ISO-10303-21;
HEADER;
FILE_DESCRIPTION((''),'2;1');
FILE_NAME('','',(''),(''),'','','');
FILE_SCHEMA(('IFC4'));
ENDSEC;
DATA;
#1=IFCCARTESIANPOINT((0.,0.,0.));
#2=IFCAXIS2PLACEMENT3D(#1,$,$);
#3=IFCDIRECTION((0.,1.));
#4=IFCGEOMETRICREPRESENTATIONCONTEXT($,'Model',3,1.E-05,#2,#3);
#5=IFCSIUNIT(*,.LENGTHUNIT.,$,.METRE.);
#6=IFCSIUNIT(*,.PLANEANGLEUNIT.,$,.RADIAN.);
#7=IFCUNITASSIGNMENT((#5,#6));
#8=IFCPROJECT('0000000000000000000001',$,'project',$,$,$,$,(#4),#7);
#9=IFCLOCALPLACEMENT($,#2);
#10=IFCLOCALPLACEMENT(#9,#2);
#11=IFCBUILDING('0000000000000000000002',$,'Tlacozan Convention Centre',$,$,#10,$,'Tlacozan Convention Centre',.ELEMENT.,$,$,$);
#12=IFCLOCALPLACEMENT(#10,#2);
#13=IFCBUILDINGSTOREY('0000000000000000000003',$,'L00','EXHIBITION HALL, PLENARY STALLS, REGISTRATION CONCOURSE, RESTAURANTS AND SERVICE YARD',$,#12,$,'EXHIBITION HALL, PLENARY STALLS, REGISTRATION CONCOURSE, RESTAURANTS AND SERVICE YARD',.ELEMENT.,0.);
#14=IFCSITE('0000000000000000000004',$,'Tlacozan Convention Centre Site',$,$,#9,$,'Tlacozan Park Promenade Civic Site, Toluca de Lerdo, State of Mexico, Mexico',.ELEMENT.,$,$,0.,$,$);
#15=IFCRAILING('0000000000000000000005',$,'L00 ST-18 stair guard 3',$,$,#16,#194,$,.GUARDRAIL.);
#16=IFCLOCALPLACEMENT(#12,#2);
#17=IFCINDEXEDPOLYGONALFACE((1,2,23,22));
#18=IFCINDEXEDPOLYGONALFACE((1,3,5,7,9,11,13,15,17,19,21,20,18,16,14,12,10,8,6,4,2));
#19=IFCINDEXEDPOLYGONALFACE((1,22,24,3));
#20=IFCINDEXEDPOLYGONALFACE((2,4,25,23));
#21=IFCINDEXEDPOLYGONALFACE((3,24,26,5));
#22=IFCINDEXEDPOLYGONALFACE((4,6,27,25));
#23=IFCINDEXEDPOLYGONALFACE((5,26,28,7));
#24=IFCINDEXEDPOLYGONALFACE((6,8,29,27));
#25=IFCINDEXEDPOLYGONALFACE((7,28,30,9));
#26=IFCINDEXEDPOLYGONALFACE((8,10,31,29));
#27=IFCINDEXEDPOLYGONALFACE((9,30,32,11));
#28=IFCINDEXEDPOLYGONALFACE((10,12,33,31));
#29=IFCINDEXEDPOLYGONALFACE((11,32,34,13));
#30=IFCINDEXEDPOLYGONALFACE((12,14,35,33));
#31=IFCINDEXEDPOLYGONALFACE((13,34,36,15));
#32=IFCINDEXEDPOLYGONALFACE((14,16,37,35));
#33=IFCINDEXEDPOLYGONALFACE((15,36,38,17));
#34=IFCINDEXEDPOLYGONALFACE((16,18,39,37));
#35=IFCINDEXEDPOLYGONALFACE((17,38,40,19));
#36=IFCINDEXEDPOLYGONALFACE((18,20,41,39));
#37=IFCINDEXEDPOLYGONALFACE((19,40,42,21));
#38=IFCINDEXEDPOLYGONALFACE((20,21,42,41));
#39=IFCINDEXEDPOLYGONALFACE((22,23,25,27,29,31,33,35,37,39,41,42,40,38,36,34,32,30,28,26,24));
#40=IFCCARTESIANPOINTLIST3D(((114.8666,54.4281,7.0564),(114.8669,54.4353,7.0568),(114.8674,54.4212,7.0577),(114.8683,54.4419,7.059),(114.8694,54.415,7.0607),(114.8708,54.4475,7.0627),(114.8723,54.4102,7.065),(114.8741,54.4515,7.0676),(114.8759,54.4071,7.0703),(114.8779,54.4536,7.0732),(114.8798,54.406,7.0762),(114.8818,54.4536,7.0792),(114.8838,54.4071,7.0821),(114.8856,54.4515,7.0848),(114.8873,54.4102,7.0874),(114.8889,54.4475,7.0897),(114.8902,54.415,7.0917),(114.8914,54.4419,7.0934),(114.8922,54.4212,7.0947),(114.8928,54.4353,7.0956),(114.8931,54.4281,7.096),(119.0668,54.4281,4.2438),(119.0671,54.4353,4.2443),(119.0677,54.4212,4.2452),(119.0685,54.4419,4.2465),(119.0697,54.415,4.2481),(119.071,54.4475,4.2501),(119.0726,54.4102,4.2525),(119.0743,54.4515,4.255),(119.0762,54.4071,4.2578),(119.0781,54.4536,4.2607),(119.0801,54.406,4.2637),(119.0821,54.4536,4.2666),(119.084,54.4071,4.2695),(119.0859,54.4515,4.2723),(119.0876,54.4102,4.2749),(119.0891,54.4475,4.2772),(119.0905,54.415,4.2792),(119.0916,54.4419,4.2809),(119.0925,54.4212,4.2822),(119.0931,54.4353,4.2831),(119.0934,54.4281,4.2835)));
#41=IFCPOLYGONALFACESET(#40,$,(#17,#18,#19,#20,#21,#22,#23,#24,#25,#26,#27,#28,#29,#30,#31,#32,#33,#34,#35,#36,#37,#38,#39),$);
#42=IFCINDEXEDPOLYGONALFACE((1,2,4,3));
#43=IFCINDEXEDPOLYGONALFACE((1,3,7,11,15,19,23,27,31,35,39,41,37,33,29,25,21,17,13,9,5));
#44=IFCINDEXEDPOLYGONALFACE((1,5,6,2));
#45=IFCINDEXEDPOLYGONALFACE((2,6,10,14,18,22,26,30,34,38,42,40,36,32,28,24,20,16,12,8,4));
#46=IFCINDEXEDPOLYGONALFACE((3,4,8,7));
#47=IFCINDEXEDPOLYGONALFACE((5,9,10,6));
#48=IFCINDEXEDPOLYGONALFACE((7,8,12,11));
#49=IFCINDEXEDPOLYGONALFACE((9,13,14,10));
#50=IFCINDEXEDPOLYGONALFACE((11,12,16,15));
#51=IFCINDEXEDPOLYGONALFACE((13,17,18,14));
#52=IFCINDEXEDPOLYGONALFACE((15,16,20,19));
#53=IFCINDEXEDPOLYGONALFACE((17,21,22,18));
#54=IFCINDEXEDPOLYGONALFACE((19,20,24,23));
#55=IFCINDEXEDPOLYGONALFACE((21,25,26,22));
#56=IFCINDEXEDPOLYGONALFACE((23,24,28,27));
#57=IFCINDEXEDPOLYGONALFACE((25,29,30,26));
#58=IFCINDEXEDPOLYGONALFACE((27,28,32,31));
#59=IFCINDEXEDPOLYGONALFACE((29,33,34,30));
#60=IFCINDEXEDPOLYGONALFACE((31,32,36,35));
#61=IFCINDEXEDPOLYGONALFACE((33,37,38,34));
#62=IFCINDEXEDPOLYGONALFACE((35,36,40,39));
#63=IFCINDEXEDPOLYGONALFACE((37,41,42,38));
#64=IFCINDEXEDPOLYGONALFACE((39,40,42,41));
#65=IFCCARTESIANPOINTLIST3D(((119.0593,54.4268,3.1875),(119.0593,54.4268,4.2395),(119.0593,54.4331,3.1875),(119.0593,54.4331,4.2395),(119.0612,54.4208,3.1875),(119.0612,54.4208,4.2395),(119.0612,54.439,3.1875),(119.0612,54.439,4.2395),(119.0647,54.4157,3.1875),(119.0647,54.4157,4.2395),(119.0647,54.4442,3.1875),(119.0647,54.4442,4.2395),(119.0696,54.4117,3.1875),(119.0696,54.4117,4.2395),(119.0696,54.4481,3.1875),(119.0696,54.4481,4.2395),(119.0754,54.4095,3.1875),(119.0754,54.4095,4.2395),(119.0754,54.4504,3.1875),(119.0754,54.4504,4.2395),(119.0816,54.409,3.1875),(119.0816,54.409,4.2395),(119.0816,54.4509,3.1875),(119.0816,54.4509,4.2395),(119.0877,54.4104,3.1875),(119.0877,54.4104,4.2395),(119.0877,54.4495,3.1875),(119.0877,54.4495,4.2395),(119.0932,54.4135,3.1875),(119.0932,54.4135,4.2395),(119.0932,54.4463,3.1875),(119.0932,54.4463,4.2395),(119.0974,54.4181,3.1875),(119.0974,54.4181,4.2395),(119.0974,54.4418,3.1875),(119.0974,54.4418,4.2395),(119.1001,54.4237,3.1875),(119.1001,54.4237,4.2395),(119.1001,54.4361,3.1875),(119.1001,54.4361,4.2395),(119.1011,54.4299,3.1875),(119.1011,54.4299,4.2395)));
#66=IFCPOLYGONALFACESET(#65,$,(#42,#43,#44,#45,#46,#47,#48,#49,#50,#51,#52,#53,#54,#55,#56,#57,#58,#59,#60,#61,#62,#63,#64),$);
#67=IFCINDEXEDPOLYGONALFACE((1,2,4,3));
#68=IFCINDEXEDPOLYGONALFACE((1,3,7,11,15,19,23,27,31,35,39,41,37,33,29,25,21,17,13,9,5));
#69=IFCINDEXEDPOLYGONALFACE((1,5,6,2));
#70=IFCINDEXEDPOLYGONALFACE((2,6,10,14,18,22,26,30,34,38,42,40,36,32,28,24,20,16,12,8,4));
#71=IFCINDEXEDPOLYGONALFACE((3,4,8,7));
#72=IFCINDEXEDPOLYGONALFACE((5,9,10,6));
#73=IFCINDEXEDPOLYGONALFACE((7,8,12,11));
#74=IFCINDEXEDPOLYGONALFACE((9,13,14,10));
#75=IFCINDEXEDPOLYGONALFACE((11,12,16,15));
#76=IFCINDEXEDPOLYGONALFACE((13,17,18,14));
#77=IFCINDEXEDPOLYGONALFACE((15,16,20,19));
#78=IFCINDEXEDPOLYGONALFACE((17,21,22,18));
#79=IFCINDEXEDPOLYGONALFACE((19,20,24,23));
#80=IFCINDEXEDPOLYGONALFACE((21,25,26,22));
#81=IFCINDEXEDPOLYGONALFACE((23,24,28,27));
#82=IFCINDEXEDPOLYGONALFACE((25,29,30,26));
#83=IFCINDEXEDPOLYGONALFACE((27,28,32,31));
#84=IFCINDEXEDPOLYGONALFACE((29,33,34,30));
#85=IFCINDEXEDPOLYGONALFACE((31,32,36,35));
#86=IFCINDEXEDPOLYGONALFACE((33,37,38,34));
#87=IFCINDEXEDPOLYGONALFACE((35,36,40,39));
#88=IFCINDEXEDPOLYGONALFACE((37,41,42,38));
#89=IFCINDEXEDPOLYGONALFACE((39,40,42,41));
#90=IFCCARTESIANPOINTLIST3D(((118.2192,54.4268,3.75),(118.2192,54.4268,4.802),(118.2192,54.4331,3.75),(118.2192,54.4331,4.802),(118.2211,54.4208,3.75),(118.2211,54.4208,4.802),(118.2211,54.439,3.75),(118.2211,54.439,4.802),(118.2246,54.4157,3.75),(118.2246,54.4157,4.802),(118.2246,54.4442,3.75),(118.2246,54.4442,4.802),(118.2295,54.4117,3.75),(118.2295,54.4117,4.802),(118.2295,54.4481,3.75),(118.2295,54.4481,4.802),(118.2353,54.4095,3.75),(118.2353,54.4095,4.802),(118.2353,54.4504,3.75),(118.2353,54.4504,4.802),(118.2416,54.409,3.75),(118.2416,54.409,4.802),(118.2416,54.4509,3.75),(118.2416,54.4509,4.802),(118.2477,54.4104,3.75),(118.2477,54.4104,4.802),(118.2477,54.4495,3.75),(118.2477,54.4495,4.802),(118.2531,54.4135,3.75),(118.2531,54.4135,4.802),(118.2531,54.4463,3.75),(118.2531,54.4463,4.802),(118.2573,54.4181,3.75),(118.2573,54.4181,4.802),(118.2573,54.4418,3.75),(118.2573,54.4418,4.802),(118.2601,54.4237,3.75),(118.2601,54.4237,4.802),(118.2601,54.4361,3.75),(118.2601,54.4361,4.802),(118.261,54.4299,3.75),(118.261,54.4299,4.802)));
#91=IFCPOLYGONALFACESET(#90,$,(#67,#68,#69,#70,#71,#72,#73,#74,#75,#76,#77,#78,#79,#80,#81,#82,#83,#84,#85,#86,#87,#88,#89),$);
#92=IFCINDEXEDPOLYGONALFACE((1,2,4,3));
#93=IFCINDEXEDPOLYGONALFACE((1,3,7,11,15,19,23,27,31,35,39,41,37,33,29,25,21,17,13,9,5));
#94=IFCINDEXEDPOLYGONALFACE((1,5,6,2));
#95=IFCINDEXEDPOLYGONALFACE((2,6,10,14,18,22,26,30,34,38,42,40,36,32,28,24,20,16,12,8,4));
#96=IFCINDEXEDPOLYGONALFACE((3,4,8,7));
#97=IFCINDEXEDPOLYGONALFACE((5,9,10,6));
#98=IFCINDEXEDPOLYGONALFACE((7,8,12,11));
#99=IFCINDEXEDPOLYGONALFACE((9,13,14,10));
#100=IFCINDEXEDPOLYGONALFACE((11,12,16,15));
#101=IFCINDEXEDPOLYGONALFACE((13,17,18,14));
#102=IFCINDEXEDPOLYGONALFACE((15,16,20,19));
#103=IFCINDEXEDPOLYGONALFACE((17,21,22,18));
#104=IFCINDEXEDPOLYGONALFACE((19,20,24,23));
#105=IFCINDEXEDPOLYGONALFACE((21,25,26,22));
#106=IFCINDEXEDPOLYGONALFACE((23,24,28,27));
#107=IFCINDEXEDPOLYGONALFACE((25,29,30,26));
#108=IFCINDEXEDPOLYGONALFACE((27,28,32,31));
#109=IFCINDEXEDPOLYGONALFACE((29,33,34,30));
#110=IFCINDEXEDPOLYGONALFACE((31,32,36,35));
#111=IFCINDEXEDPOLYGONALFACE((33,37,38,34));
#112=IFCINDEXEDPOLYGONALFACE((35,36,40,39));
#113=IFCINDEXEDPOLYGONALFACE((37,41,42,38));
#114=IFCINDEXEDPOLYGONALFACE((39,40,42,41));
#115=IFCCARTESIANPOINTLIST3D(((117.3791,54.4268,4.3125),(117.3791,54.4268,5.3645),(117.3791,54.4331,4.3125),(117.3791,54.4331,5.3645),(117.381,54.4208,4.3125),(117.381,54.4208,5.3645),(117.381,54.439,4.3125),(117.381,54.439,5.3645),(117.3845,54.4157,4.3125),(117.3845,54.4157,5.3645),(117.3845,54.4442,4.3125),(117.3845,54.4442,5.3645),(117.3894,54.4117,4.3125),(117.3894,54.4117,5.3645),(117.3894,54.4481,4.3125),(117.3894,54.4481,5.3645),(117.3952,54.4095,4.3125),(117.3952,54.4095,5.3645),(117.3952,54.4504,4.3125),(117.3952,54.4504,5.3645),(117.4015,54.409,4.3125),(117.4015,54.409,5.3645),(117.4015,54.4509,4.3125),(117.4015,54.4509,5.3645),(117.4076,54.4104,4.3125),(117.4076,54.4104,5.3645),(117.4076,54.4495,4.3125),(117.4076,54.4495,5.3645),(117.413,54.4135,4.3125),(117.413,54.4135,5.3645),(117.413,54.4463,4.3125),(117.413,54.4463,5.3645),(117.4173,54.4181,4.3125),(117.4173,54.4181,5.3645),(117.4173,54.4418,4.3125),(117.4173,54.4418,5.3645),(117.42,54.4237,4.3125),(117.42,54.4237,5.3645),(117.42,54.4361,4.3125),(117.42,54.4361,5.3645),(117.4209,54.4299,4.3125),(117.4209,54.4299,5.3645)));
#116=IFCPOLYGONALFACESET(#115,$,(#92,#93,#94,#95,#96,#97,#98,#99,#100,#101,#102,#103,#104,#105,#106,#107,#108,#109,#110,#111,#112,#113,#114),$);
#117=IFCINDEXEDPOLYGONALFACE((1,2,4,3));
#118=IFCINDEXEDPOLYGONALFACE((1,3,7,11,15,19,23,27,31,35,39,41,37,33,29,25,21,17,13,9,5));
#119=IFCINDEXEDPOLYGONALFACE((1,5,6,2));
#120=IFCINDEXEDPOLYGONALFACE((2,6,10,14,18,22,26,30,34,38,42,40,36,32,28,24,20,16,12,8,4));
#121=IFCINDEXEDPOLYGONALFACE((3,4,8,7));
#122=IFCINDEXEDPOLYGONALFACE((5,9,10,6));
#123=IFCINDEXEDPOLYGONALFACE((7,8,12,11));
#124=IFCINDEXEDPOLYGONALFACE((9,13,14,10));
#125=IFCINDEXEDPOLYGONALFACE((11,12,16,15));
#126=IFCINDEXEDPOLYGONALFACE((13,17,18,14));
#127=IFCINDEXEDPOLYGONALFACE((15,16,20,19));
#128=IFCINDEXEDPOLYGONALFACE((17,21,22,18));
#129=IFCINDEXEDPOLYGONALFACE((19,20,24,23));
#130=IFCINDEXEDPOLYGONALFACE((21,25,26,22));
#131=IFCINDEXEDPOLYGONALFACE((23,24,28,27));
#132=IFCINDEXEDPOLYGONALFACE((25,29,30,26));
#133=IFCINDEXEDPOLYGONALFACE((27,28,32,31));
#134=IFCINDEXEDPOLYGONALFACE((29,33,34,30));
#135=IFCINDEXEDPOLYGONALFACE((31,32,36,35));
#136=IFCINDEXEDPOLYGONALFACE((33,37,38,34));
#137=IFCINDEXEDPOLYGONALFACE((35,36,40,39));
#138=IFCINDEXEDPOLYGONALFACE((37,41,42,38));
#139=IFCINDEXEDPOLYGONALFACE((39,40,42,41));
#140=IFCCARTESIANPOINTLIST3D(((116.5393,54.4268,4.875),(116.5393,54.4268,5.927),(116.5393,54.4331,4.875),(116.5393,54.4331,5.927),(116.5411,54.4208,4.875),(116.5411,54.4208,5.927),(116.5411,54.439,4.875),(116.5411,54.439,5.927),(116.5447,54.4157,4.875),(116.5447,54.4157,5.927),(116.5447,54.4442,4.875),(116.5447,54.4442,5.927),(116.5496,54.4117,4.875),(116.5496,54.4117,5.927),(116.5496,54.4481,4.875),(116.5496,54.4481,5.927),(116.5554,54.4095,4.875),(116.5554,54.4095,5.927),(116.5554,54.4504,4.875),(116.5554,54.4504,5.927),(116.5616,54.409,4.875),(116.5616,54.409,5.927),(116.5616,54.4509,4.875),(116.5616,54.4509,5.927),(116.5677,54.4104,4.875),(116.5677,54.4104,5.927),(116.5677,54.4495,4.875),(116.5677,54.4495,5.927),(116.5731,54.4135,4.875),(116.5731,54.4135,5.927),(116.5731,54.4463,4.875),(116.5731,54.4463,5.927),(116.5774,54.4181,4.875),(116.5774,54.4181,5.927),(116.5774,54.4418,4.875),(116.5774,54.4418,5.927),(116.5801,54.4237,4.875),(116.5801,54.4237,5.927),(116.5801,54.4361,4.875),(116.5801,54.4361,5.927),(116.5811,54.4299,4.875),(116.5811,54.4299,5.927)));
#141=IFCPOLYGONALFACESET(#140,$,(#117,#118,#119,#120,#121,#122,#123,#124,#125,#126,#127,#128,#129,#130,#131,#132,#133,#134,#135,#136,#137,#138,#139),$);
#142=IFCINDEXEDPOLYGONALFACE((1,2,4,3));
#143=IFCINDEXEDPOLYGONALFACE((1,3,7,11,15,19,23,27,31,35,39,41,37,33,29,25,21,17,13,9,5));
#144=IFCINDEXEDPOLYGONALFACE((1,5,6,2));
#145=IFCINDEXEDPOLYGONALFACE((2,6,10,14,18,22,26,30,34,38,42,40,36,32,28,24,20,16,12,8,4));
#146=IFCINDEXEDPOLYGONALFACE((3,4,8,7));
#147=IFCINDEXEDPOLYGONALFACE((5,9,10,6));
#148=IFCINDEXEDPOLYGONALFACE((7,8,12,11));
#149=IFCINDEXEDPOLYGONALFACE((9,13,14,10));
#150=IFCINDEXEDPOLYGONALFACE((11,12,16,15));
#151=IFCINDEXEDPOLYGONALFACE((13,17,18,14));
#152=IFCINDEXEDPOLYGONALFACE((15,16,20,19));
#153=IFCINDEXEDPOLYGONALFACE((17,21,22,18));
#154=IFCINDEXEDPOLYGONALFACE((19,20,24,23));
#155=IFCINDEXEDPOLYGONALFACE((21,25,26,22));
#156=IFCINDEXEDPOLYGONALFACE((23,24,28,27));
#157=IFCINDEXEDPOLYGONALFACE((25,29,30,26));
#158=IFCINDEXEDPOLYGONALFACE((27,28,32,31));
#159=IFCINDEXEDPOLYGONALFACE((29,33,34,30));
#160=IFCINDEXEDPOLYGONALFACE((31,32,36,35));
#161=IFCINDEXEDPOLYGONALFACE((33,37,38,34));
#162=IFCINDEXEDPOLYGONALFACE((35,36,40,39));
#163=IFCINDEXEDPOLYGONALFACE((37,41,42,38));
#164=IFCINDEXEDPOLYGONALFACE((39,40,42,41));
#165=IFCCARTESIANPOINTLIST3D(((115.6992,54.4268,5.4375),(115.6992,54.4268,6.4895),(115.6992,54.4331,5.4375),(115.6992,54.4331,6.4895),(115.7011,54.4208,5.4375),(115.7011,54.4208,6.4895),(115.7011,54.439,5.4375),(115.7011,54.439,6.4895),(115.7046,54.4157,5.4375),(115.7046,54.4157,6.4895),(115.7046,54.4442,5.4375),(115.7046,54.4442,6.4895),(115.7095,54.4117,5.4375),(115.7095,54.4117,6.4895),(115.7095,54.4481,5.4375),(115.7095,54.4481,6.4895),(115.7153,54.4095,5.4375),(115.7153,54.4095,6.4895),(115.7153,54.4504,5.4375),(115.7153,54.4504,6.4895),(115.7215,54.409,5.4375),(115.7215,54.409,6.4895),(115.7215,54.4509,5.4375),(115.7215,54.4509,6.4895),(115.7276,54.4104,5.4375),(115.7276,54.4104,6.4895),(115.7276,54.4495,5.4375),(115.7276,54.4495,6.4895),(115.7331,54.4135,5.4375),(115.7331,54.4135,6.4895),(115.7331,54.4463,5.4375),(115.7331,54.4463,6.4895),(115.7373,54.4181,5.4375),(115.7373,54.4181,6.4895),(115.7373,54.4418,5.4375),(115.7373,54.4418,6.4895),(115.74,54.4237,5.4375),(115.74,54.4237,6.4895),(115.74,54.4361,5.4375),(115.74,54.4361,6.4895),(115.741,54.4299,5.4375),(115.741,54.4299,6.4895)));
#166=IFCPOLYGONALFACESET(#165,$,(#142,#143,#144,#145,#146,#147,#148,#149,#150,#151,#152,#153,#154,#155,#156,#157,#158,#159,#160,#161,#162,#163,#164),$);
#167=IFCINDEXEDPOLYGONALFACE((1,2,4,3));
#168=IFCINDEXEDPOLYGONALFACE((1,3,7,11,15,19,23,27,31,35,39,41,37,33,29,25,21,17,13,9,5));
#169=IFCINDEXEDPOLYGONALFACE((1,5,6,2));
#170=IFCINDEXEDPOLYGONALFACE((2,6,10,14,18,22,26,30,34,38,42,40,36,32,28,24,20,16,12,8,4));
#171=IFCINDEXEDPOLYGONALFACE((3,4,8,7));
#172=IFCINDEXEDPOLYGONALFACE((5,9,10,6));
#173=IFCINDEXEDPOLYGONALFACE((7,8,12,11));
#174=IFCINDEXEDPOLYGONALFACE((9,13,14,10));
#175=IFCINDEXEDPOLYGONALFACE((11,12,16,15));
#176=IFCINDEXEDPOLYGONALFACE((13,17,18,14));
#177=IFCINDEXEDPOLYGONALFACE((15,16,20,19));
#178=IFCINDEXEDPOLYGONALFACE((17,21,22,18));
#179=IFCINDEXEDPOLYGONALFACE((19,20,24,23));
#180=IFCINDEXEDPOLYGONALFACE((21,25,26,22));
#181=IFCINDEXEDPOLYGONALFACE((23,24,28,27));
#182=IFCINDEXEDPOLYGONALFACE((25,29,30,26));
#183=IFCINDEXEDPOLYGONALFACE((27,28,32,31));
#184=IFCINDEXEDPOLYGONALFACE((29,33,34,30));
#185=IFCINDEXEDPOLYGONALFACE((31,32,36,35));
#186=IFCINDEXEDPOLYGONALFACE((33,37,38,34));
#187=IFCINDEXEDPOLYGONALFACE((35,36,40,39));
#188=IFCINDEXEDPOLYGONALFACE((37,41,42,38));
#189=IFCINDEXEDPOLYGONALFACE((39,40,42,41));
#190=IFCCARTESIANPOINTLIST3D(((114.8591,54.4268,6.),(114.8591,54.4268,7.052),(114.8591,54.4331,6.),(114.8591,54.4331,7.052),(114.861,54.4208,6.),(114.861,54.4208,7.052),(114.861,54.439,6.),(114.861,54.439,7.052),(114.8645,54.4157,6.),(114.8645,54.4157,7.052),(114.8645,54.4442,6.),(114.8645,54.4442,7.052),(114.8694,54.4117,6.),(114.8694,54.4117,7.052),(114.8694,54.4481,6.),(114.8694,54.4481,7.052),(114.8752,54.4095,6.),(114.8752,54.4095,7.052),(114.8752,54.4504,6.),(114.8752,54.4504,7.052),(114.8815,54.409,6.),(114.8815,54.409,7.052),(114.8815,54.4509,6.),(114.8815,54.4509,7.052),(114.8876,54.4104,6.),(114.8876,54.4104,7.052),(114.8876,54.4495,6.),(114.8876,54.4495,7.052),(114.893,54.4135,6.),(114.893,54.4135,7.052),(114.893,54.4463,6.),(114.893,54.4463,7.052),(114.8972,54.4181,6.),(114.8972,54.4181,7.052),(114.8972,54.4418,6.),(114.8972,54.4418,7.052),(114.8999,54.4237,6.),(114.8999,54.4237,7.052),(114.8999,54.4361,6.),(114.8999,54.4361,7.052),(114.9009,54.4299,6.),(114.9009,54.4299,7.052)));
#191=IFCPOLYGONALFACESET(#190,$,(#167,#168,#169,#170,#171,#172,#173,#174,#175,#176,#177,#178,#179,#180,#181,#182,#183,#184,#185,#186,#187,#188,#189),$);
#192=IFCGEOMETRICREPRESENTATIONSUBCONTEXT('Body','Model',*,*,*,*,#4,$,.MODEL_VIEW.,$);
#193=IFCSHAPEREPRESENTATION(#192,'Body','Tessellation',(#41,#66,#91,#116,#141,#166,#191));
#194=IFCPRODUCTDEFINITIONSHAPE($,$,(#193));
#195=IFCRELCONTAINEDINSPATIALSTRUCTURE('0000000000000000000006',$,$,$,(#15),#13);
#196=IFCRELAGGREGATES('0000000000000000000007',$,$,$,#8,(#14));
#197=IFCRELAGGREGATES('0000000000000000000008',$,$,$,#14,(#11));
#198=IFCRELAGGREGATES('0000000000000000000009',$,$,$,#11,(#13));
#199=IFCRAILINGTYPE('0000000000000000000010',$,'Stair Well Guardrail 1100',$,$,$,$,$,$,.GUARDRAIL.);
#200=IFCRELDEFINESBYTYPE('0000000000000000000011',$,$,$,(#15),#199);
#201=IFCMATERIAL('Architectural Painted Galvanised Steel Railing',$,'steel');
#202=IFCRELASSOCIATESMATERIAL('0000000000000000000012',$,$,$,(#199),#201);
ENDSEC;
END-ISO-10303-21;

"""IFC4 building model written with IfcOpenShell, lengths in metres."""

from ifc_helpers import new_model, si_unit, direction, frame, origin, origin_2d, place, context, subcontext, project, spatial, circle, extrude, material, type_object, element, save


model = new_model("IFC4")

# Units and contexts
model_context = context("Model", 3, precision=1e-05, world=origin(), true_north=direction((0.0, 1.0)))
body_context = subcontext(model_context, "Body", "Model", "MODEL_VIEW")
ifc_project = project(units=[si_unit("LENGTHUNIT", "METRE"), si_unit("PLANEANGLEUNIT", "RADIAN")], contexts=[model_context])

# Site, building, storey
site_placement = place(None, origin())
site = spatial("IfcSite", under=ifc_project, at=site_placement, Name="Tlacozan Convention Centre Site", LongName="Tlacozan Park Promenade Civic Site, Toluca de Lerdo, State of Mexico, Mexico", CompositionType="ELEMENT", RefElevation=0.0)
building_placement = place(site_placement, origin())
building = spatial("IfcBuilding", under=site, at=building_placement, Name="Tlacozan Convention Centre", LongName="Tlacozan Convention Centre", CompositionType="ELEMENT")
storey_placement = place(building_placement, origin())
storey = spatial("IfcBuildingStorey", under=building, at=storey_placement, Name="L00", Description="EXHIBITION HALL, PLENARY STALLS, REGISTRATION CONCOURSE, RESTAURANTS AND SERVICE YARD", LongName="EXHIBITION HALL, PLENARY STALLS, REGISTRATION CONCOURSE, RESTAURANTS AND SERVICE YARD", CompositionType="ELEMENT", Elevation=0.0)

# Railing
ifc_material_1 = material(Name="Architectural Painted Galvanised Steel Railing", Category="steel")
railing_type_1 = type_object("IfcRailingType", Name="Stair Well Guardrail 1100", PredefinedType="GUARDRAIL", material=ifc_material_1)
railing_1_placement = place(storey_placement, frame((119.0801, 54.4299, 3.1875)))
element("IfcRailing", 1, at=railing_1_placement, inside=storey, type_object=railing_type_1, Name="L00 ST-18 stair guard 3", PredefinedType="GUARDRAIL", context=body_context, shape_type="SweptSolid", body=[
    extrude(circle(Radius=0.0239, at=origin_2d()), frame((0.0, 0.0, 1.0762), z_axis=(-0.830919, 0.0, 0.556393), x_axis=(0.0, -1.0, 0.0)), (0.0, 0.0, 1.0), 5.0549),
    extrude(circle(Radius=0.021, at=origin_2d()), origin(), (0.0, 0.0, 1.0), 1.052),
    extrude(circle(Radius=0.021, at=origin_2d()), frame((-0.8401, 0.0, 0.5625)), (0.0, 0.0, 1.0), 1.052),
    extrude(circle(Radius=0.021, at=origin_2d()), frame((-1.6802, 0.0, 1.125)), (0.0, 0.0, 1.0), 1.052),
    extrude(circle(Radius=0.021, at=origin_2d()), frame((-2.52, 0.0, 1.6875)), (0.0, 0.0, 1.0), 1.052),
    extrude(circle(Radius=0.021, at=origin_2d()), frame((-3.3601, 0.0, 2.25)), (0.0, 0.0, 1.0), 1.052),
    extrude(circle(Radius=0.021, at=origin_2d()), frame((-4.2002, 0.0, 2.8125)), (0.0, 0.0, 1.0), 1.052),
])

save(model, "model.ifc")
